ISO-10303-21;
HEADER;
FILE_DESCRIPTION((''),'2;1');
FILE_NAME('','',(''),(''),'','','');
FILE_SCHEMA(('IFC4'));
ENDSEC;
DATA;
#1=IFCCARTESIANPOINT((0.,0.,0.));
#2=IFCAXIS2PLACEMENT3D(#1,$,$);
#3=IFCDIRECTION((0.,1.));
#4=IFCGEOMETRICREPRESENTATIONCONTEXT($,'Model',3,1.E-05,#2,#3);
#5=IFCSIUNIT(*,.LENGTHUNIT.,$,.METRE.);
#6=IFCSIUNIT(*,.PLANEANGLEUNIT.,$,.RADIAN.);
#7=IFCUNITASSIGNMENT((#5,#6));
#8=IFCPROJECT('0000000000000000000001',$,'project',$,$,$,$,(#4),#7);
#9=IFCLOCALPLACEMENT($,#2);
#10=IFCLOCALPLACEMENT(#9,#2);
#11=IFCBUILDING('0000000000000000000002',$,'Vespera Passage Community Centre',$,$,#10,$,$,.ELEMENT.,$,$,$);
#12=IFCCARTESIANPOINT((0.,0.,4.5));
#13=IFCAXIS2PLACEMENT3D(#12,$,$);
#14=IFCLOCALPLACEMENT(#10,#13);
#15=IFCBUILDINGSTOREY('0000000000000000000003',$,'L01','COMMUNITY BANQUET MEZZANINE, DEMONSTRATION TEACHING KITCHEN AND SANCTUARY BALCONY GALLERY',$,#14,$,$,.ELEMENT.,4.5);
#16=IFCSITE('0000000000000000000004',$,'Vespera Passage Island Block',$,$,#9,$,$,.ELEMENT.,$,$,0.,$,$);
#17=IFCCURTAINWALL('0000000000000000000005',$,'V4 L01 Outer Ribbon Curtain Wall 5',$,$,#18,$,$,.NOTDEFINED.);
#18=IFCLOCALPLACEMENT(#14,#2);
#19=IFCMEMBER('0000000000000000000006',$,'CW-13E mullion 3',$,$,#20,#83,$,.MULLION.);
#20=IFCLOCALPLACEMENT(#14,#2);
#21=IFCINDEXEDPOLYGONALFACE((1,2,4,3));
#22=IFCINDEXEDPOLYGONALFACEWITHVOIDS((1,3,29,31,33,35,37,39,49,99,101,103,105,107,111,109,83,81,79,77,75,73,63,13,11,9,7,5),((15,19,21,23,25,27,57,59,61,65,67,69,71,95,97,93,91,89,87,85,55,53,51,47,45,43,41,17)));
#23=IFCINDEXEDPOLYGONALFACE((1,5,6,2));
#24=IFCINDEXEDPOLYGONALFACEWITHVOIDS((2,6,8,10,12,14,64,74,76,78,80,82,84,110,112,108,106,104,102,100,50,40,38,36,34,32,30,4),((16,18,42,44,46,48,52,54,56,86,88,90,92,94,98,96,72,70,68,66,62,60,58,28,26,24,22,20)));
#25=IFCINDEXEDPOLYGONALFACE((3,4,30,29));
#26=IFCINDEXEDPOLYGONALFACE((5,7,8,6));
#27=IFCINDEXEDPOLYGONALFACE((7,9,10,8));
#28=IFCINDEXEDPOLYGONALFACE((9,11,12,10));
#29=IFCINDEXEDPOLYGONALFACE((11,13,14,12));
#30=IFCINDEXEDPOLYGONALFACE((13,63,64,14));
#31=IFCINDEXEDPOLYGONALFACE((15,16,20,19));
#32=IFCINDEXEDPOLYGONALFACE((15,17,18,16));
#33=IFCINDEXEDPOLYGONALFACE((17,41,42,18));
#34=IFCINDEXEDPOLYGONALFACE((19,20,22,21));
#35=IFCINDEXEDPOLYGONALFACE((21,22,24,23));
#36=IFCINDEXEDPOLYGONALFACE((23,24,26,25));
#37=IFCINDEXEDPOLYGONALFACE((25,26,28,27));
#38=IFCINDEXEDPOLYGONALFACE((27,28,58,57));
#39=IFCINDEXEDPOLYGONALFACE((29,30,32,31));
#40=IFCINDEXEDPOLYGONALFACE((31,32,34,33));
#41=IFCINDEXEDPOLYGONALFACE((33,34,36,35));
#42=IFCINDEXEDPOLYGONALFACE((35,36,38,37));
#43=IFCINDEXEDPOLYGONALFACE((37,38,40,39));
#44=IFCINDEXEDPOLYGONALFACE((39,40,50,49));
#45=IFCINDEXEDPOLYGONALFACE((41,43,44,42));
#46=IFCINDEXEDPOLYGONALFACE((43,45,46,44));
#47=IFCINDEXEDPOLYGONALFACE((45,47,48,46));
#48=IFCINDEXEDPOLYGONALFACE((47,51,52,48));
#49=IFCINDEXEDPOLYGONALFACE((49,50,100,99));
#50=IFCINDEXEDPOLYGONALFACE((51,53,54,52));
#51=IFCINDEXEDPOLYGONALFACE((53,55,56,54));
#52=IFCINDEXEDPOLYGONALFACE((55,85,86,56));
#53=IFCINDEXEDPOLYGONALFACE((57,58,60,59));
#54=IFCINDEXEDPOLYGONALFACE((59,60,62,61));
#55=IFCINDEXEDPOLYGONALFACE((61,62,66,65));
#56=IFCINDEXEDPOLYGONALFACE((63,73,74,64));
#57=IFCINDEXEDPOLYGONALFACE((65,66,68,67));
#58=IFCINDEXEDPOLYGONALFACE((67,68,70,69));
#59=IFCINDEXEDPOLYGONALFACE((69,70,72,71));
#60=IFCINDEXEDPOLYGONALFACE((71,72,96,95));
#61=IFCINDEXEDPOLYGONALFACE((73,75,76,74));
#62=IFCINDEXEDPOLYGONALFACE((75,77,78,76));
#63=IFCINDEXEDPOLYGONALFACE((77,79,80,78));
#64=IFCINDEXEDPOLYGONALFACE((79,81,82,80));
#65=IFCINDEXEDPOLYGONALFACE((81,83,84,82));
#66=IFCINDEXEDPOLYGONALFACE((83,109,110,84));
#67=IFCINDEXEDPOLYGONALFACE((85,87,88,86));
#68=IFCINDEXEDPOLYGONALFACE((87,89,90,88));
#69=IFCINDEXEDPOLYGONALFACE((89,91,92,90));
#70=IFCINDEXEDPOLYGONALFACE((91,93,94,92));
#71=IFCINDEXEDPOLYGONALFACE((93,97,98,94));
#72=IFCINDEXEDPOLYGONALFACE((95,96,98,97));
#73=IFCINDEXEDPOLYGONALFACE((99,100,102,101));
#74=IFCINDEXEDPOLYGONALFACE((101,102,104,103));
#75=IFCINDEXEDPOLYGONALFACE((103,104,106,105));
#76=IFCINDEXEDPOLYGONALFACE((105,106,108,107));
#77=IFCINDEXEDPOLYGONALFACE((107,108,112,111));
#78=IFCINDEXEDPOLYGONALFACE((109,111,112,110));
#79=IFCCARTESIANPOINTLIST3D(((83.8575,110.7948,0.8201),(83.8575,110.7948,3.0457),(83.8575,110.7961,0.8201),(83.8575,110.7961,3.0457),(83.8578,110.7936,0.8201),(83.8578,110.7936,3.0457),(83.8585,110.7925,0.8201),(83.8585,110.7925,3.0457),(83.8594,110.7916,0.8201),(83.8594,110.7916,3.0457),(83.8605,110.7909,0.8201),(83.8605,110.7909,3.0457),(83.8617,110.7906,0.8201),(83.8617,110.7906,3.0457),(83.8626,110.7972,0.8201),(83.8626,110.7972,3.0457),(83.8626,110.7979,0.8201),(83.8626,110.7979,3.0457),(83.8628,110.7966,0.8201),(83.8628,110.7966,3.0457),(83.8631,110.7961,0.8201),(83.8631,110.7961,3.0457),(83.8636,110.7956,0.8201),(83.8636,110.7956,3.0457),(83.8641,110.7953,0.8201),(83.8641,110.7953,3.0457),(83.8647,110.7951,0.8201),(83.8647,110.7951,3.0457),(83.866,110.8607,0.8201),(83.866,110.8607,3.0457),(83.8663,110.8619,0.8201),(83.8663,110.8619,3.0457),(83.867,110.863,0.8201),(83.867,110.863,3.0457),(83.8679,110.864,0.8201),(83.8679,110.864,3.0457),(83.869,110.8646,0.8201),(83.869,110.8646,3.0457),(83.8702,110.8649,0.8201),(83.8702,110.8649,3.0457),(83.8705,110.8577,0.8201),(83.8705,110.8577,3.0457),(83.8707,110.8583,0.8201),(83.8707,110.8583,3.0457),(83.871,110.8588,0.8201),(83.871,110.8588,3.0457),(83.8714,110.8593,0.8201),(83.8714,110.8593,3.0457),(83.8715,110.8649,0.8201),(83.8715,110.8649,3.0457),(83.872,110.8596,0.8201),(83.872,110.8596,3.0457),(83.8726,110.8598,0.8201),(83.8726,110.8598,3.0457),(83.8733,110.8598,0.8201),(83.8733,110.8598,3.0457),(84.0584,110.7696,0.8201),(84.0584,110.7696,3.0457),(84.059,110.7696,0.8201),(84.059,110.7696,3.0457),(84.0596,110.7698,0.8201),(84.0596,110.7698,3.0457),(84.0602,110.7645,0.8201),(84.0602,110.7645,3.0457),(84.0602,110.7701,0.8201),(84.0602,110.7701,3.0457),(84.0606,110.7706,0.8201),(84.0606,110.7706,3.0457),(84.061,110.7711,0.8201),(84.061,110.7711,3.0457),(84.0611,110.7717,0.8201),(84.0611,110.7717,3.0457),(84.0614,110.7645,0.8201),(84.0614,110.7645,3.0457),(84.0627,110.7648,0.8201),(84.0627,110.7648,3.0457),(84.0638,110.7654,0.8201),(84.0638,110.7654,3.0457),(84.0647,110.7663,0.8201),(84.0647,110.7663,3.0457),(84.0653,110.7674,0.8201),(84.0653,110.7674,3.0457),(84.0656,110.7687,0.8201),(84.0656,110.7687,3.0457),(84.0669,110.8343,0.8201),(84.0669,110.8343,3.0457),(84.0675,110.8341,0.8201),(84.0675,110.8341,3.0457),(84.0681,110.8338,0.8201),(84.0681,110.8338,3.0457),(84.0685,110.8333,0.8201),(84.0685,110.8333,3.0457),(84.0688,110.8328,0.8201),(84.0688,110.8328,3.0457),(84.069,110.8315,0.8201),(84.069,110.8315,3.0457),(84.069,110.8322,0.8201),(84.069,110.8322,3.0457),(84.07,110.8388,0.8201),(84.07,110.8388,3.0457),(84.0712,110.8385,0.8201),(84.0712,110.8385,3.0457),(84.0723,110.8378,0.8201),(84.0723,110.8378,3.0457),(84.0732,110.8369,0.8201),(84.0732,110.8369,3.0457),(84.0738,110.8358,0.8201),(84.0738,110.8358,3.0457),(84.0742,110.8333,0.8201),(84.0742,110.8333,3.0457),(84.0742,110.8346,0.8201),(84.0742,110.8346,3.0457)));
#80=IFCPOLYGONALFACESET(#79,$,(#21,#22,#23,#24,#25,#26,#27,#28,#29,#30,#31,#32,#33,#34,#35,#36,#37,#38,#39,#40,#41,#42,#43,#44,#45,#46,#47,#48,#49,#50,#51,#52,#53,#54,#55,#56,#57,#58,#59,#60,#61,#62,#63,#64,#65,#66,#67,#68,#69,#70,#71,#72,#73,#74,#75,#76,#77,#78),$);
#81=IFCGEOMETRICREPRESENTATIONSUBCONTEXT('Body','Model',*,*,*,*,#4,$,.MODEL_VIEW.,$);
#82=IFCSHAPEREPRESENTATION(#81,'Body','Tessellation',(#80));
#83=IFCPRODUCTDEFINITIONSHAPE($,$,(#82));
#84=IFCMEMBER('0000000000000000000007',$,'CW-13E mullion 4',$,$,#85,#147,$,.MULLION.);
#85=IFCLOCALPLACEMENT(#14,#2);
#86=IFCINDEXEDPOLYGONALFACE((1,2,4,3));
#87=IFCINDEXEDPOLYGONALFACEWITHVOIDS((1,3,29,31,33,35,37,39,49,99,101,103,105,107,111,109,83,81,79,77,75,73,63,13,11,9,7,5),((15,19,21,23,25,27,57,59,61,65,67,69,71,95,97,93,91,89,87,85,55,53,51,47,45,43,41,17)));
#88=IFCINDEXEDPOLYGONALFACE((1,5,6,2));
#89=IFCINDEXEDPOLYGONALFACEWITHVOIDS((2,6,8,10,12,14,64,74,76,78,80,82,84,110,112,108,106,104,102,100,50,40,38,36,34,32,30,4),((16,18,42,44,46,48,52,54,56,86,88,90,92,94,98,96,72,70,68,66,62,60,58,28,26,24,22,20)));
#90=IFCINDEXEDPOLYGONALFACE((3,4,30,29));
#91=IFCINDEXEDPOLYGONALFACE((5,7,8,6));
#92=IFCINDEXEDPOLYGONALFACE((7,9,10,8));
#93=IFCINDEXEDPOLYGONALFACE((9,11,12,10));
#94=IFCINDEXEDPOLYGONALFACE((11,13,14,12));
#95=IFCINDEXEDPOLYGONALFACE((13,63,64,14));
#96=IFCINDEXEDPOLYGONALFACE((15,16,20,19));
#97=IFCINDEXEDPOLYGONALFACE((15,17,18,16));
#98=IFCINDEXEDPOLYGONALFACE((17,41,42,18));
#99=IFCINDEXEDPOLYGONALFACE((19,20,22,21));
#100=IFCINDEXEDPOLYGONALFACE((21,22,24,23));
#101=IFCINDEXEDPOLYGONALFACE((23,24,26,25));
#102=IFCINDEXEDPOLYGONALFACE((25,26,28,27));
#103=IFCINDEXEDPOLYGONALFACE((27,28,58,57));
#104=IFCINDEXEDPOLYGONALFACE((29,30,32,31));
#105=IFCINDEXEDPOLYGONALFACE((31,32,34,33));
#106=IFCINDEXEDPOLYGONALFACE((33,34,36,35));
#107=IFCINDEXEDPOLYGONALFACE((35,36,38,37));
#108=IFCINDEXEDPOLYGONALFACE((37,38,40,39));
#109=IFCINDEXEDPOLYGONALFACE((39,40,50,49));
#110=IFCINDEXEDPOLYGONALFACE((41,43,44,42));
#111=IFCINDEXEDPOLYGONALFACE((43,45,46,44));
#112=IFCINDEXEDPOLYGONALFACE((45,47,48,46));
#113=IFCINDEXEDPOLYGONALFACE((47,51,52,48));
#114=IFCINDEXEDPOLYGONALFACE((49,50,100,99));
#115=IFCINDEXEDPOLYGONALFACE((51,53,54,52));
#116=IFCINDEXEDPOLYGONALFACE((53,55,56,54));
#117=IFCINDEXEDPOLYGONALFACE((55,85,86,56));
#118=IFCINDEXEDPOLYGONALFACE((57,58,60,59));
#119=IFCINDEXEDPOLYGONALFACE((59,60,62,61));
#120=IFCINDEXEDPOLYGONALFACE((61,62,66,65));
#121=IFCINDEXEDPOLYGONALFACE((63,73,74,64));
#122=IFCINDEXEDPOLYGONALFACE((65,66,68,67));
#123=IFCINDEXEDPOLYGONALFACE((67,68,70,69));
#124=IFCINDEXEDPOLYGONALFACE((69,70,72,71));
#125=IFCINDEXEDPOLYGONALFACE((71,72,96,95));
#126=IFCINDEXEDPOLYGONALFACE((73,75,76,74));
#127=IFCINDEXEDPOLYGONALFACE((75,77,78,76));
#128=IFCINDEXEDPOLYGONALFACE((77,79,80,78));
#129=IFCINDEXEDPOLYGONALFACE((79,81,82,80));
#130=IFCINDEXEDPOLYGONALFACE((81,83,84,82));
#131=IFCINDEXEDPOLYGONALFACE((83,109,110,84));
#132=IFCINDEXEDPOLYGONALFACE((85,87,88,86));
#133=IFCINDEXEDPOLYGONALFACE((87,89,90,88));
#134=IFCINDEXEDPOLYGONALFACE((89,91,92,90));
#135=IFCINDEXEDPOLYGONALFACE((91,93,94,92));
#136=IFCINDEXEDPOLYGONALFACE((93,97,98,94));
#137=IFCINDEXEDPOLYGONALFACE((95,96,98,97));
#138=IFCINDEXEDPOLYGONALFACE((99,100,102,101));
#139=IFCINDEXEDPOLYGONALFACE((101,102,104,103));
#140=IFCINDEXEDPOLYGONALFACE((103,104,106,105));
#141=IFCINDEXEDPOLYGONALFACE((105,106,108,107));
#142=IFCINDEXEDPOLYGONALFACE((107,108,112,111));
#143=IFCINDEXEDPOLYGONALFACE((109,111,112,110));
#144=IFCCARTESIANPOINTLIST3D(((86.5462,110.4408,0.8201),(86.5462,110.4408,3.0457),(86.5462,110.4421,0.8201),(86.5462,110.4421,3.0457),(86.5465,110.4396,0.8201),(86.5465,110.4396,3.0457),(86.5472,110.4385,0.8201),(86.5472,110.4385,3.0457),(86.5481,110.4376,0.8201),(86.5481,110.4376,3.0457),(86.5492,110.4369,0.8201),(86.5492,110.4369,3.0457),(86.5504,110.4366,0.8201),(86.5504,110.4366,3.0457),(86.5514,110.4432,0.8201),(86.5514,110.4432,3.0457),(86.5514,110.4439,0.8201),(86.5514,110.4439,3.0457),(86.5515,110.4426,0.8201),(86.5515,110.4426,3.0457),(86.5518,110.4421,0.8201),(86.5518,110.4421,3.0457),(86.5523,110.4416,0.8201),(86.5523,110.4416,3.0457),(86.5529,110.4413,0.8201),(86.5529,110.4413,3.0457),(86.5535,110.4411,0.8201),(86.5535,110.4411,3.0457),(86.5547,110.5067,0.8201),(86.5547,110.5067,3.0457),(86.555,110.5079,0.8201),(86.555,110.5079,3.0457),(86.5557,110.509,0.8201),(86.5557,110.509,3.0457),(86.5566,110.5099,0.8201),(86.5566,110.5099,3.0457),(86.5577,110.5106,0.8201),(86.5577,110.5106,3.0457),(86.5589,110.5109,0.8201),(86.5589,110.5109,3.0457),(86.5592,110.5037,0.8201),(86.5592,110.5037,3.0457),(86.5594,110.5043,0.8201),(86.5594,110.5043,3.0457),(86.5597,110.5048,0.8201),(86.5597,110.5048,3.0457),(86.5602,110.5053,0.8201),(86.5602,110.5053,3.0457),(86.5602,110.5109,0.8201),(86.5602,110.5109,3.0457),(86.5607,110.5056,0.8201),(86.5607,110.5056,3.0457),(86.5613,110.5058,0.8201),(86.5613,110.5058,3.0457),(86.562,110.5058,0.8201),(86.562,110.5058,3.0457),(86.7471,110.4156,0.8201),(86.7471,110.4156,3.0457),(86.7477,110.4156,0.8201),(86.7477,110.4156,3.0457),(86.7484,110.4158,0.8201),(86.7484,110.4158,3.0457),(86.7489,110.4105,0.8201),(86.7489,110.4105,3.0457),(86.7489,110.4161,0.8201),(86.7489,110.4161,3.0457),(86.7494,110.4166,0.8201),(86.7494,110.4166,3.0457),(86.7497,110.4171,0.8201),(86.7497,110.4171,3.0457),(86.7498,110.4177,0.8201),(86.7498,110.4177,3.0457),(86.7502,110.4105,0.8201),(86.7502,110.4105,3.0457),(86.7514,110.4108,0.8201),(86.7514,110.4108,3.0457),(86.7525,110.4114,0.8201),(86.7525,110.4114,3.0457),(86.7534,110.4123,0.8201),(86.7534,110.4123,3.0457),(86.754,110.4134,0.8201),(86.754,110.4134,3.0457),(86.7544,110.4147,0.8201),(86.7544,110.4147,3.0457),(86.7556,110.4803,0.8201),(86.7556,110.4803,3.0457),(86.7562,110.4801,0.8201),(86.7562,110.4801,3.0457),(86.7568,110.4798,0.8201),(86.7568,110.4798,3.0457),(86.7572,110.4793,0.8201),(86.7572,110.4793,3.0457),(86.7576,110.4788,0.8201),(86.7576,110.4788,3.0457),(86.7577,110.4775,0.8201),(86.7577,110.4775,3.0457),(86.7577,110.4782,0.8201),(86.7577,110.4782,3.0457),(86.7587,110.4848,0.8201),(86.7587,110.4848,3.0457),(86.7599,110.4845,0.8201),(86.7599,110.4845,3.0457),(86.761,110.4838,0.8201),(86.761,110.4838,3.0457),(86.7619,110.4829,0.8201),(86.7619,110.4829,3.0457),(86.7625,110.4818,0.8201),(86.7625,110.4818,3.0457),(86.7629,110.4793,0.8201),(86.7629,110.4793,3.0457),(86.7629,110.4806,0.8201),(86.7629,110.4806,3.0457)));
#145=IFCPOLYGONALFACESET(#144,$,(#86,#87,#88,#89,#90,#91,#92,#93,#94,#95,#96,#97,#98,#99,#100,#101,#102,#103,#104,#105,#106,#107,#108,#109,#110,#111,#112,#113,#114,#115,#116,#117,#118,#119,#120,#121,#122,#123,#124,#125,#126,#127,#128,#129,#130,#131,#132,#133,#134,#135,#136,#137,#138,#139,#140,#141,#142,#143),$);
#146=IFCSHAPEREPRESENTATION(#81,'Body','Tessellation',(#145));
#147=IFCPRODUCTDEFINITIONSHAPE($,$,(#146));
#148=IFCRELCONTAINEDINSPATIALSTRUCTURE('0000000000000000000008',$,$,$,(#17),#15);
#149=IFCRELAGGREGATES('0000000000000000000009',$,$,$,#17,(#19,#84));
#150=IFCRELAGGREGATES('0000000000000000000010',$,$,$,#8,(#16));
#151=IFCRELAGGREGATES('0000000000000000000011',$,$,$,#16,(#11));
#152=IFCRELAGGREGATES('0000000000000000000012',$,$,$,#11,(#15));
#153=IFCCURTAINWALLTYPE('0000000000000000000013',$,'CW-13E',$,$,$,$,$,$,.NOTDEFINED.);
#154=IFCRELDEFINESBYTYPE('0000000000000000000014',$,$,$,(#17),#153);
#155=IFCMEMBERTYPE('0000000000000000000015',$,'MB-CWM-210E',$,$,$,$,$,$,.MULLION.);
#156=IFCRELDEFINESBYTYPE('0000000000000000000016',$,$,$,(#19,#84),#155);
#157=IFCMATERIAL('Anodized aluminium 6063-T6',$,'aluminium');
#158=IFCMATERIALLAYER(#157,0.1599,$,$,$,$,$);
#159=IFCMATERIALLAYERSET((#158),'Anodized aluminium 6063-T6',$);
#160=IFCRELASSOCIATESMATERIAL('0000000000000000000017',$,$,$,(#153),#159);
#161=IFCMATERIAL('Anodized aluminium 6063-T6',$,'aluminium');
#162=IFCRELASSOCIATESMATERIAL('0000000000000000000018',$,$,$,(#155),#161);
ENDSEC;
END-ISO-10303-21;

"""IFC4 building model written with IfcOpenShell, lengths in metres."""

from ifc_helpers import new_model, si_unit, direction, frame, origin, origin_2d, place, context, subcontext, project, spatial, hollow_rectangle, extrude, material, layer, layer_set, material_profile, profile_set, type_object, element, aggregate, save


model = new_model("IFC4")

# Units and contexts
model_context = context("Model", 3, precision=1e-05, world=origin(), true_north=direction((0.0, 1.0)))
body_context = subcontext(model_context, "Body", "Model", "MODEL_VIEW")
ifc_project = project(units=[si_unit("LENGTHUNIT", "METRE"), si_unit("PLANEANGLEUNIT", "RADIAN")], contexts=[model_context])

# Site, building, storey
site_placement = place(None, origin())
site = spatial("IfcSite", under=ifc_project, at=site_placement, Name="Vespera Passage Island Block", CompositionType="ELEMENT", RefElevation=0.0)
building_placement = place(site_placement, origin())
building = spatial("IfcBuilding", under=site, at=building_placement, Name="Vespera Passage Community Centre", CompositionType="ELEMENT")
storey_placement = place(building_placement, frame((0.0, 0.0, 4.5)))
storey = spatial("IfcBuildingStorey", under=building, at=storey_placement, Name="L01", Description="COMMUNITY BANQUET MEZZANINE, DEMONSTRATION TEACHING KITCHEN AND SANCTUARY BALCONY GALLERY", CompositionType="ELEMENT", Elevation=4.5)

# Curtain wall, members
ifc_material_1 = material(Name="Anodized aluminium 6063-T6", Category="aluminium")
ifc_layer_1 = layer(ifc_material_1, 0.1599)
ifc_layer_set_1 = layer_set([ifc_layer_1], Name="Anodized aluminium 6063-T6")
curtain_wall_type_1 = type_object("IfcCurtainWallType", Name="CW-13E", PredefinedType="NOTDEFINED", material=ifc_layer_set_1)
curtain_wall_1_placement = place(storey_placement, origin())
curtain_wall_1 = element("IfcCurtainWall", 1, at=curtain_wall_1_placement, inside=storey, type_object=curtain_wall_type_1, Name="V4 L01 Outer Ribbon Curtain Wall 5", PredefinedType="NOTDEFINED")
ifc_material_2 = material(Name="Anodized aluminium 6063-T6", Category="aluminium")
ifc_material_profile_1 = material_profile(ifc_material_2, hollow_rectangle(XDim=0.075, YDim=0.21, WallThickness=0.0049, InnerFilletRadius=0.0024, OuterFilletRadius=0.0049, at=origin_2d()), Name="ALU210X75X5")
ifc_profile_set_1 = profile_set([ifc_material_profile_1], Name="Anodized aluminium 6063-T6")
member_type_1 = type_object("IfcMemberType", Name="MB-CWM-210E", PredefinedType="MULLION", material=ifc_profile_set_1)
member_1_placement = place(storey_placement, frame((83.9658, 110.8147, 0.8201), z_axis=(0.0, 0.0, 1.0), x_axis=(0.130531, 0.991444, 0.0)))
member_1 = element("IfcMember", 2, at=member_1_placement, type_object=member_type_1, Name="CW-13E mullion 3", PredefinedType="MULLION", context=body_context, shape_type="SweptSolid", body=[
    extrude(hollow_rectangle(XDim=0.075, YDim=0.21, WallThickness=0.0049, InnerFilletRadius=0.0024, OuterFilletRadius=0.0049, at=origin_2d()), origin(), (0.0, 0.0, 1.0), 2.2256),
])
member_2_placement = place(storey_placement, frame((86.6545, 110.4607, 0.8201), z_axis=(0.0, 0.0, 1.0), x_axis=(0.130531, 0.991444, 0.0)))
member_2 = element("IfcMember", 3, at=member_2_placement, type_object=member_type_1, Name="CW-13E mullion 4", PredefinedType="MULLION", context=body_context, shape_type="SweptSolid", body=[
    extrude(hollow_rectangle(XDim=0.075, YDim=0.21, WallThickness=0.0049, InnerFilletRadius=0.0024, OuterFilletRadius=0.0049, at=origin_2d()), origin(), (0.0, 0.0, 1.0), 2.2256),
])

aggregate(curtain_wall_1, [member_1, member_2])

save(model, "model.ifc")
